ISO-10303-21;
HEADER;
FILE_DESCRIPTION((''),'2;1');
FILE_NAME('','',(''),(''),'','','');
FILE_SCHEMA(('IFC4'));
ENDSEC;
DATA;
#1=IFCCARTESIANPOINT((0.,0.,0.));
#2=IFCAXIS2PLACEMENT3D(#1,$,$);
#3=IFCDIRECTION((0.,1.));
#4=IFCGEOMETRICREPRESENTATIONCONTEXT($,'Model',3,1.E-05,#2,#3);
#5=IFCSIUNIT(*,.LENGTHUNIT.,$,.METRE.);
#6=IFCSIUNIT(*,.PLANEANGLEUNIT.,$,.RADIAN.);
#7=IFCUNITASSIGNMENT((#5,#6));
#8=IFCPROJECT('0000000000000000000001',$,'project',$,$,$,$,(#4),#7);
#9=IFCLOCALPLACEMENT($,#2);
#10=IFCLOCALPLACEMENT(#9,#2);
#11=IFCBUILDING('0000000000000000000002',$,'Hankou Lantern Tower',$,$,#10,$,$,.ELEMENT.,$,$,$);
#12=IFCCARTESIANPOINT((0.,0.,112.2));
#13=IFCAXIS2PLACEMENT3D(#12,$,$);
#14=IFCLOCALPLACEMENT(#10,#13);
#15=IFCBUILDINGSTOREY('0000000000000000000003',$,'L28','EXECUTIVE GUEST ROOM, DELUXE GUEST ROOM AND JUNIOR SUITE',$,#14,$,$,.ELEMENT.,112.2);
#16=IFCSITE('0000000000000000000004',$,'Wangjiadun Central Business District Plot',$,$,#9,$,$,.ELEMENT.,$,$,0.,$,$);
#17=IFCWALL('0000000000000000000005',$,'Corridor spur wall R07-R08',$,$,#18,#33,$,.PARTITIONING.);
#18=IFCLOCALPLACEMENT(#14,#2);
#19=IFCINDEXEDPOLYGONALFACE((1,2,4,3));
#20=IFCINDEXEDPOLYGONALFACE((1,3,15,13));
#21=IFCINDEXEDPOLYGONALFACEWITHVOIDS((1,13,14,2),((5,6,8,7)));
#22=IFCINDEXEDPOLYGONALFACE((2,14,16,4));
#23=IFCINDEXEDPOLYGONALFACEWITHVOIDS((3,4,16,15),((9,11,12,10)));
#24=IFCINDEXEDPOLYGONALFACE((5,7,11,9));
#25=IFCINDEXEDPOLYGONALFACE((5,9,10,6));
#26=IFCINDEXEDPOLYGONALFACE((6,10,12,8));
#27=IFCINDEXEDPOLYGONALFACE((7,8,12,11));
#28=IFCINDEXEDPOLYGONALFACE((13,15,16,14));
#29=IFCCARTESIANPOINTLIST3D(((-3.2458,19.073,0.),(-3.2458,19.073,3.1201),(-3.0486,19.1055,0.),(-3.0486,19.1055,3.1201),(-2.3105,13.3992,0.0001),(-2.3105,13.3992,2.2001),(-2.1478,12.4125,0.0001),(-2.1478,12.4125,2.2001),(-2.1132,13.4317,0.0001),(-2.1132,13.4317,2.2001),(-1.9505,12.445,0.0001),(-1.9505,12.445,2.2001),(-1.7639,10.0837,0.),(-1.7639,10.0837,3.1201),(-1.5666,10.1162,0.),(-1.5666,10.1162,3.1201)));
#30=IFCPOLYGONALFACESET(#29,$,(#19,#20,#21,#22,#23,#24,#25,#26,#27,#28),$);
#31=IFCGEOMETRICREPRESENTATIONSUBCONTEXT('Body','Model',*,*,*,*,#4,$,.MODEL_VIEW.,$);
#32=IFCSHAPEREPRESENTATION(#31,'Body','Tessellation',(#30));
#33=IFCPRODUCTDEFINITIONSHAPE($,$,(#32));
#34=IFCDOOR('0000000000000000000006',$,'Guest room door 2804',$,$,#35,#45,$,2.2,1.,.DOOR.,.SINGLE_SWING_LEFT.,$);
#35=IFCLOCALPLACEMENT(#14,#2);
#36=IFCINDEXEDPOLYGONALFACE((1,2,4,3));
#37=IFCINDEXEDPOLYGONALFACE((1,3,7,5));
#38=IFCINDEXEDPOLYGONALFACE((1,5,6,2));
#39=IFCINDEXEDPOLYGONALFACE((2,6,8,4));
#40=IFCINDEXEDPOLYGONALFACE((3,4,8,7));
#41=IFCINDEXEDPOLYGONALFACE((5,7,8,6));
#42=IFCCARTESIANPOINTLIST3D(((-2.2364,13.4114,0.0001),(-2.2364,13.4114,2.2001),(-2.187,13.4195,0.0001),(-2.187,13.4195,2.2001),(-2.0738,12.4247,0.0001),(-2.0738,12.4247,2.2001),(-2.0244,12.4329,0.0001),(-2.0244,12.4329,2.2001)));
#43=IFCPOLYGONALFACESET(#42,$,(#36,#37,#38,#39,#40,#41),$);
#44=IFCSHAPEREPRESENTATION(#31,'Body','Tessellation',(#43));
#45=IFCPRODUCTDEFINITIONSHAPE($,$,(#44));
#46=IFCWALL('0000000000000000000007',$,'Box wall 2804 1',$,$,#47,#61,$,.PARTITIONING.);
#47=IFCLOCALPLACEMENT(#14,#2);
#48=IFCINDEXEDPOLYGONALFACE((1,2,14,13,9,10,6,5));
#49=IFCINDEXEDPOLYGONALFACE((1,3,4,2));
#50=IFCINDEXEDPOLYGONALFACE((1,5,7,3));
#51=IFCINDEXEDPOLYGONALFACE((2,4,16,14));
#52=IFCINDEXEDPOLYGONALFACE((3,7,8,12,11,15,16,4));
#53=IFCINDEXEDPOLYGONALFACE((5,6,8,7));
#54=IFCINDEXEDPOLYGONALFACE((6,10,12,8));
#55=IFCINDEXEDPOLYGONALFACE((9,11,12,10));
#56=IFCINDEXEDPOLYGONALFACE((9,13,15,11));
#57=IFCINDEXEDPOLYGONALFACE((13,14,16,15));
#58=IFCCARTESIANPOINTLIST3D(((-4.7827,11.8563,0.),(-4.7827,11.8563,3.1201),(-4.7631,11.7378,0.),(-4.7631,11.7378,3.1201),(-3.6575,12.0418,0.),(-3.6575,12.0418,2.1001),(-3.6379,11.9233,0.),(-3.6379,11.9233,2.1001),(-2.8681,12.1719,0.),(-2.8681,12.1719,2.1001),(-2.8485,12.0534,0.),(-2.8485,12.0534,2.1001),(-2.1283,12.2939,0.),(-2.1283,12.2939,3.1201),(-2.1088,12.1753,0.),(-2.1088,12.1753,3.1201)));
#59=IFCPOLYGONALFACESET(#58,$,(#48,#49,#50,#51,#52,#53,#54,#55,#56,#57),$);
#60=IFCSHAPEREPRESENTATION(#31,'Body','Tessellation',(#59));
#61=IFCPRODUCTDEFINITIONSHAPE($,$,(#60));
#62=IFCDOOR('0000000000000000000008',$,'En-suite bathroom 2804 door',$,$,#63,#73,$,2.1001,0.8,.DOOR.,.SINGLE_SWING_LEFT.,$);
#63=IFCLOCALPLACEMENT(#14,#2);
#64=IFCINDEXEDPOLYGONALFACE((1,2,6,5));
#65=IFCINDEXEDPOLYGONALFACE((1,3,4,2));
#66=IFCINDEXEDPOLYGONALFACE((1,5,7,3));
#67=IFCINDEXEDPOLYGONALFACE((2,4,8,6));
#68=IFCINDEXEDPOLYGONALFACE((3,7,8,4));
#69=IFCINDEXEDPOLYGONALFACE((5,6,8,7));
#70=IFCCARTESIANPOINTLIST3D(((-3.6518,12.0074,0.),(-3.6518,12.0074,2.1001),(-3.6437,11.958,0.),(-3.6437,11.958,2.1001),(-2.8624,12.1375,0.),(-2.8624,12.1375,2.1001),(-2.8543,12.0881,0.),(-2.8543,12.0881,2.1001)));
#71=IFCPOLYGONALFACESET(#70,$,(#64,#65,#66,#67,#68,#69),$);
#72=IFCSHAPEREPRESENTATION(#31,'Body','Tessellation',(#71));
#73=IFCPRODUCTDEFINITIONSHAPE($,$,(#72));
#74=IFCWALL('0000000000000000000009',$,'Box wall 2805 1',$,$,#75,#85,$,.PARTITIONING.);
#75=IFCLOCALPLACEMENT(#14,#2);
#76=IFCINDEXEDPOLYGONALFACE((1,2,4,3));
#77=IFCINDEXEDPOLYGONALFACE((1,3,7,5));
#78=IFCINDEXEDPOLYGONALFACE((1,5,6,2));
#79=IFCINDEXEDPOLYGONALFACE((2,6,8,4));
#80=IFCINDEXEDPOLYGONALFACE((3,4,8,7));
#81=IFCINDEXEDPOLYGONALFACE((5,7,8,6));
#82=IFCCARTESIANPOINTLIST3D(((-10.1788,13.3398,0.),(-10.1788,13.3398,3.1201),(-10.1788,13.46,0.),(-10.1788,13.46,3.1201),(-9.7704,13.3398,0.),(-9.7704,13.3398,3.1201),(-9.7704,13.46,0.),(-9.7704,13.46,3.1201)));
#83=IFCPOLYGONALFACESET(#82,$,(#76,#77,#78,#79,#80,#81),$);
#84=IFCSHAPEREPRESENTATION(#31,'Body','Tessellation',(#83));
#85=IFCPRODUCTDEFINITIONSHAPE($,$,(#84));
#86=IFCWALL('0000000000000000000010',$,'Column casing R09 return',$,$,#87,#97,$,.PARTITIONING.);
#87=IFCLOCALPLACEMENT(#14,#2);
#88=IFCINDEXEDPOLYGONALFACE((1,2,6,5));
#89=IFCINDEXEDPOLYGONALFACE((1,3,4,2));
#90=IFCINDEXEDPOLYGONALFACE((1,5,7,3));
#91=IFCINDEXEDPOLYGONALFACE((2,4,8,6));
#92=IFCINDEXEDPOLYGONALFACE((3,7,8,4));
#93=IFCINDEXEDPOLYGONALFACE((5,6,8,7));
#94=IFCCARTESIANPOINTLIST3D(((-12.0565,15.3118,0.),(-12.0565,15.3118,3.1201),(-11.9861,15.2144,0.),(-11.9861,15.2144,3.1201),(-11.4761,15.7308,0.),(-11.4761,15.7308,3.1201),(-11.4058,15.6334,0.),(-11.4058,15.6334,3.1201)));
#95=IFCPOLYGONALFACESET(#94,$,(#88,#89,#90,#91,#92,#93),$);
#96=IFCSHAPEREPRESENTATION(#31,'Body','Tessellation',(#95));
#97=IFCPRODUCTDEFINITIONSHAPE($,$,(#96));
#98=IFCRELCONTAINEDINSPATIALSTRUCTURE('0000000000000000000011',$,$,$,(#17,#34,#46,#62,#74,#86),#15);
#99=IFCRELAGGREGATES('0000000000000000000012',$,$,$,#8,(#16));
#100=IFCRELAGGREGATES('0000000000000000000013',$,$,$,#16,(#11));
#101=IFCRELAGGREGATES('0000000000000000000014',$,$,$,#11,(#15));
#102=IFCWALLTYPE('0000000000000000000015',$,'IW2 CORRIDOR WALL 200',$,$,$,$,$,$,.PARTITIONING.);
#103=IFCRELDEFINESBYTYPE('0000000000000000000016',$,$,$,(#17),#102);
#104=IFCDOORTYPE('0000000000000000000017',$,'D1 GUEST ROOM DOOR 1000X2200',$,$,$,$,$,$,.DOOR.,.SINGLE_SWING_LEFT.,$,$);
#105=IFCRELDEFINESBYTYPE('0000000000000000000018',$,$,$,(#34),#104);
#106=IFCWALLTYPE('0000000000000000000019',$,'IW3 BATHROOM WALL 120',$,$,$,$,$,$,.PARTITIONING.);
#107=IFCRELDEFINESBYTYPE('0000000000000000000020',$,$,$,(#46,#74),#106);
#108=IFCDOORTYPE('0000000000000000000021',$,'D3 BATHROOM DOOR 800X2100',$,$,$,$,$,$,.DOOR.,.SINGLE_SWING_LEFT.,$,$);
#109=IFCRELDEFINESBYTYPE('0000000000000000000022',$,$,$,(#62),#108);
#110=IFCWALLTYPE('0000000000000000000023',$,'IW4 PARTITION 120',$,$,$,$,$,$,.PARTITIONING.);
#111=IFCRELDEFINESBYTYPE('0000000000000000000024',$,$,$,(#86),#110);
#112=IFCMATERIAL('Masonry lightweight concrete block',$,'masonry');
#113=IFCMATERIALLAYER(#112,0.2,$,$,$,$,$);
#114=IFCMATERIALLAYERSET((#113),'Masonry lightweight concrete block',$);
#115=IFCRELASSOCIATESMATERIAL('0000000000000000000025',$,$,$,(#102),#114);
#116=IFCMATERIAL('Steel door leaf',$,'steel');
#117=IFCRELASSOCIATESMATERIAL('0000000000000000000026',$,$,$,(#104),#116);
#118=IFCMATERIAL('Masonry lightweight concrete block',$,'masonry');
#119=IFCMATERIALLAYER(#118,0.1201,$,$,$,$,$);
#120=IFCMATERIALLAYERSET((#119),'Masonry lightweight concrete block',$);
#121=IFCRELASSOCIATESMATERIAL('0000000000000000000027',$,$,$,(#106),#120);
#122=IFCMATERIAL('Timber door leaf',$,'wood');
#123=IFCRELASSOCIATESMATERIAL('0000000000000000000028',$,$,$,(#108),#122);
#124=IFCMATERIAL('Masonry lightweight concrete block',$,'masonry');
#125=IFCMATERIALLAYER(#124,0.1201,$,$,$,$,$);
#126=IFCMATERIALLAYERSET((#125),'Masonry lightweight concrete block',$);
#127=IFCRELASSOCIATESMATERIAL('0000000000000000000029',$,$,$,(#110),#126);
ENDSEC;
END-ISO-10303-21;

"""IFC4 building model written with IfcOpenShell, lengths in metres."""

from ifc_helpers import new_model, si_unit, direction, frame, frame_2d, origin, place, context, subcontext, project, spatial, rectangle, extrude, material, layer, layer_set, type_object, element, fill, save


model = new_model("IFC4")

# Units and contexts
model_context = context("Model", 3, precision=1e-05, world=origin(), true_north=direction((0.0, 1.0)))
body_context = subcontext(model_context, "Body", "Model", "MODEL_VIEW")
ifc_project = project(units=[si_unit("LENGTHUNIT", "METRE"), si_unit("PLANEANGLEUNIT", "RADIAN")], contexts=[model_context])

# Site, building, storey
site_placement = place(None, origin())
site = spatial("IfcSite", under=ifc_project, at=site_placement, Name="Wangjiadun Central Business District Plot", CompositionType="ELEMENT", RefElevation=0.0)
building_placement = place(site_placement, origin())
building = spatial("IfcBuilding", under=site, at=building_placement, Name="Hankou Lantern Tower", CompositionType="ELEMENT")
storey_placement = place(building_placement, frame((0.0, 0.0, 112.2)))
storey = spatial("IfcBuildingStorey", under=building, at=storey_placement, Name="L28", Description="EXECUTIVE GUEST ROOM, DELUXE GUEST ROOM AND JUNIOR SUITE", CompositionType="ELEMENT", Elevation=112.2)

# Walls, openings, doors
ifc_material_1 = material(Name="Masonry lightweight concrete block", Category="masonry")
ifc_layer_1 = layer(ifc_material_1, 0.2)
ifc_layer_set_1 = layer_set([ifc_layer_1], Name="Masonry lightweight concrete block")
wall_type_1 = type_object("IfcWallType", Name="IW2 CORRIDOR WALL 200", PredefinedType="PARTITIONING", material=ifc_layer_set_1)
wall_1_placement = place(storey_placement, frame((-1.6653, 10.1001, 0.0), z_axis=(0.0, 0.0, 1.0), x_axis=(-0.162661, 0.986682, 0.0)))
wall_1 = element("IfcWall", 1, at=wall_1_placement, inside=storey, type_object=wall_type_1, Name="Corridor spur wall R07-R08", PredefinedType="PARTITIONING", context=body_context, shape_type="SweptSolid", body=[
    extrude(rectangle(XDim=9.1106, YDim=0.2, at=frame_2d((4.5552, 0.0))), origin(), (0.0, 0.0, 1.0), 3.1201),
])
opening_1_placement = place(wall_1_placement, frame((2.3601, 0.0, 0.0)))
opening_1 = element("IfcOpeningElement", 2, at=opening_1_placement, cuts=wall_1, PredefinedType="OPENING", context=body_context, shape_type="SweptSolid", body=[
    extrude(rectangle(XDim=1.0, YDim=2.2, at=frame_2d((0.5, 1.1001))), frame((0.0, 0.1099, 0.0), z_axis=(0.0, -1.0, 0.0), x_axis=(1.0, 0.0, 0.0)), (0.0, 0.0, 1.0), 0.22),
])
ifc_material_2 = material(Name="Steel door leaf", Category="steel")
door_type_1 = type_object("IfcDoorType", Name="D1 GUEST ROOM DOOR 1000X2200", OperationType="SINGLE_SWING_LEFT", PredefinedType="DOOR", material=ifc_material_2)
door_1_placement = place(opening_1_placement, origin())
door_1 = element("IfcDoor", 3, at=door_1_placement, inside=storey, type_object=door_type_1, Name="Guest room door 2804", OperationType="SINGLE_SWING_LEFT", OverallHeight=2.2, OverallWidth=1.0, PredefinedType="DOOR", context=body_context, shape_type="SweptSolid", body=[
    extrude(rectangle(XDim=1.0, YDim=2.2, at=frame_2d((0.5, 1.1001))), frame((0.0, 0.0249, 0.0), z_axis=(0.0, -1.0, 0.0), x_axis=(1.0, 0.0, 0.0)), (0.0, 0.0, 1.0), 0.05),
])
fill(opening_1, door_1)
ifc_material_3 = material(Name="Masonry lightweight concrete block", Category="masonry")
ifc_layer_2 = layer(ifc_material_3, 0.1201)
ifc_layer_set_2 = layer_set([ifc_layer_2], Name="Masonry lightweight concrete block")
wall_type_2 = type_object("IfcWallType", Name="IW3 BATHROOM WALL 120", PredefinedType="PARTITIONING", material=ifc_layer_set_2)
wall_2_placement = place(storey_placement, frame((-2.1184, 12.2346, 0.0), z_axis=(0.0, 0.0, 1.0), x_axis=(-0.986687, -0.162633, 0.0)))
wall_2 = element("IfcWall", 4, at=wall_2_placement, inside=storey, type_object=wall_type_2, Name="Box wall 2804 1", PredefinedType="PARTITIONING", context=body_context, shape_type="SweptSolid", body=[
    extrude(rectangle(XDim=2.6902, YDim=0.1201, at=frame_2d((1.3452, 0.0))), origin(), (0.0, 0.0, 1.0), 3.1201),
])
opening_2_placement = place(wall_2_placement, frame((0.75, 0.0, 0.0)))
opening_2 = element("IfcOpeningElement", 5, at=opening_2_placement, cuts=wall_2, PredefinedType="OPENING", context=body_context, shape_type="SweptSolid", body=[
    extrude(rectangle(XDim=0.8, YDim=2.1001, at=frame_2d((0.3999, 1.05))), frame((0.0, 0.0701, 0.0), z_axis=(0.0, -1.0, 0.0), x_axis=(1.0, 0.0, 0.0)), (0.0, 0.0, 1.0), 0.1401),
])
ifc_material_4 = material(Name="Timber door leaf", Category="wood")
door_type_2 = type_object("IfcDoorType", Name="D3 BATHROOM DOOR 800X2100", OperationType="SINGLE_SWING_LEFT", PredefinedType="DOOR", material=ifc_material_4)
door_2_placement = place(opening_2_placement, origin())
door_2 = element("IfcDoor", 6, at=door_2_placement, inside=storey, type_object=door_type_2, Name="En-suite bathroom 2804 door", OperationType="SINGLE_SWING_LEFT", OverallHeight=2.1001, OverallWidth=0.8, PredefinedType="DOOR", context=body_context, shape_type="SweptSolid", body=[
    extrude(rectangle(XDim=0.8, YDim=2.1001, at=frame_2d((0.3999, 1.05))), frame((0.0, 0.0249, 0.0), z_axis=(0.0, -1.0, 0.0), x_axis=(1.0, 0.0, 0.0)), (0.0, 0.0, 1.0), 0.05),
])
fill(opening_2, door_2)

# Walls
wall_3_placement = place(storey_placement, frame((-9.7705, 13.3999, 0.0), z_axis=(0.0, 0.0, 1.0), x_axis=(-1.0, 0.0, 0.0)))
element("IfcWall", 7, at=wall_3_placement, inside=storey, type_object=wall_type_2, Name="Box wall 2805 1", PredefinedType="PARTITIONING", context=body_context, shape_type="SweptSolid", body=[
    extrude(rectangle(XDim=0.4084, YDim=0.1201, at=frame_2d((0.2041, 0.0))), origin(), (0.0, 0.0, 1.0), 3.1201),
])
ifc_material_5 = material(Name="Masonry lightweight concrete block", Category="masonry")
ifc_layer_3 = layer(ifc_material_5, 0.1201)
ifc_layer_set_3 = layer_set([ifc_layer_3], Name="Masonry lightweight concrete block")
wall_type_3 = type_object("IfcWallType", Name="IW4 PARTITION 120", PredefinedType="PARTITIONING", material=ifc_layer_set_3)
wall_4_placement = place(storey_placement, frame((-11.4409, 15.6821, 0.0), z_axis=(0.0, 0.0, 1.0), x_axis=(-0.810796, -0.585329, 0.0)))
element("IfcWall", 8, at=wall_4_placement, inside=storey, type_object=wall_type_3, Name="Column casing R09 return", PredefinedType="PARTITIONING", context=body_context, shape_type="SweptSolid", body=[
    extrude(rectangle(XDim=0.7158, YDim=0.1201, at=frame_2d((0.3579, 0.0))), origin(), (0.0, 0.0, 1.0), 3.1201),
])

save(model, "model.ifc")
